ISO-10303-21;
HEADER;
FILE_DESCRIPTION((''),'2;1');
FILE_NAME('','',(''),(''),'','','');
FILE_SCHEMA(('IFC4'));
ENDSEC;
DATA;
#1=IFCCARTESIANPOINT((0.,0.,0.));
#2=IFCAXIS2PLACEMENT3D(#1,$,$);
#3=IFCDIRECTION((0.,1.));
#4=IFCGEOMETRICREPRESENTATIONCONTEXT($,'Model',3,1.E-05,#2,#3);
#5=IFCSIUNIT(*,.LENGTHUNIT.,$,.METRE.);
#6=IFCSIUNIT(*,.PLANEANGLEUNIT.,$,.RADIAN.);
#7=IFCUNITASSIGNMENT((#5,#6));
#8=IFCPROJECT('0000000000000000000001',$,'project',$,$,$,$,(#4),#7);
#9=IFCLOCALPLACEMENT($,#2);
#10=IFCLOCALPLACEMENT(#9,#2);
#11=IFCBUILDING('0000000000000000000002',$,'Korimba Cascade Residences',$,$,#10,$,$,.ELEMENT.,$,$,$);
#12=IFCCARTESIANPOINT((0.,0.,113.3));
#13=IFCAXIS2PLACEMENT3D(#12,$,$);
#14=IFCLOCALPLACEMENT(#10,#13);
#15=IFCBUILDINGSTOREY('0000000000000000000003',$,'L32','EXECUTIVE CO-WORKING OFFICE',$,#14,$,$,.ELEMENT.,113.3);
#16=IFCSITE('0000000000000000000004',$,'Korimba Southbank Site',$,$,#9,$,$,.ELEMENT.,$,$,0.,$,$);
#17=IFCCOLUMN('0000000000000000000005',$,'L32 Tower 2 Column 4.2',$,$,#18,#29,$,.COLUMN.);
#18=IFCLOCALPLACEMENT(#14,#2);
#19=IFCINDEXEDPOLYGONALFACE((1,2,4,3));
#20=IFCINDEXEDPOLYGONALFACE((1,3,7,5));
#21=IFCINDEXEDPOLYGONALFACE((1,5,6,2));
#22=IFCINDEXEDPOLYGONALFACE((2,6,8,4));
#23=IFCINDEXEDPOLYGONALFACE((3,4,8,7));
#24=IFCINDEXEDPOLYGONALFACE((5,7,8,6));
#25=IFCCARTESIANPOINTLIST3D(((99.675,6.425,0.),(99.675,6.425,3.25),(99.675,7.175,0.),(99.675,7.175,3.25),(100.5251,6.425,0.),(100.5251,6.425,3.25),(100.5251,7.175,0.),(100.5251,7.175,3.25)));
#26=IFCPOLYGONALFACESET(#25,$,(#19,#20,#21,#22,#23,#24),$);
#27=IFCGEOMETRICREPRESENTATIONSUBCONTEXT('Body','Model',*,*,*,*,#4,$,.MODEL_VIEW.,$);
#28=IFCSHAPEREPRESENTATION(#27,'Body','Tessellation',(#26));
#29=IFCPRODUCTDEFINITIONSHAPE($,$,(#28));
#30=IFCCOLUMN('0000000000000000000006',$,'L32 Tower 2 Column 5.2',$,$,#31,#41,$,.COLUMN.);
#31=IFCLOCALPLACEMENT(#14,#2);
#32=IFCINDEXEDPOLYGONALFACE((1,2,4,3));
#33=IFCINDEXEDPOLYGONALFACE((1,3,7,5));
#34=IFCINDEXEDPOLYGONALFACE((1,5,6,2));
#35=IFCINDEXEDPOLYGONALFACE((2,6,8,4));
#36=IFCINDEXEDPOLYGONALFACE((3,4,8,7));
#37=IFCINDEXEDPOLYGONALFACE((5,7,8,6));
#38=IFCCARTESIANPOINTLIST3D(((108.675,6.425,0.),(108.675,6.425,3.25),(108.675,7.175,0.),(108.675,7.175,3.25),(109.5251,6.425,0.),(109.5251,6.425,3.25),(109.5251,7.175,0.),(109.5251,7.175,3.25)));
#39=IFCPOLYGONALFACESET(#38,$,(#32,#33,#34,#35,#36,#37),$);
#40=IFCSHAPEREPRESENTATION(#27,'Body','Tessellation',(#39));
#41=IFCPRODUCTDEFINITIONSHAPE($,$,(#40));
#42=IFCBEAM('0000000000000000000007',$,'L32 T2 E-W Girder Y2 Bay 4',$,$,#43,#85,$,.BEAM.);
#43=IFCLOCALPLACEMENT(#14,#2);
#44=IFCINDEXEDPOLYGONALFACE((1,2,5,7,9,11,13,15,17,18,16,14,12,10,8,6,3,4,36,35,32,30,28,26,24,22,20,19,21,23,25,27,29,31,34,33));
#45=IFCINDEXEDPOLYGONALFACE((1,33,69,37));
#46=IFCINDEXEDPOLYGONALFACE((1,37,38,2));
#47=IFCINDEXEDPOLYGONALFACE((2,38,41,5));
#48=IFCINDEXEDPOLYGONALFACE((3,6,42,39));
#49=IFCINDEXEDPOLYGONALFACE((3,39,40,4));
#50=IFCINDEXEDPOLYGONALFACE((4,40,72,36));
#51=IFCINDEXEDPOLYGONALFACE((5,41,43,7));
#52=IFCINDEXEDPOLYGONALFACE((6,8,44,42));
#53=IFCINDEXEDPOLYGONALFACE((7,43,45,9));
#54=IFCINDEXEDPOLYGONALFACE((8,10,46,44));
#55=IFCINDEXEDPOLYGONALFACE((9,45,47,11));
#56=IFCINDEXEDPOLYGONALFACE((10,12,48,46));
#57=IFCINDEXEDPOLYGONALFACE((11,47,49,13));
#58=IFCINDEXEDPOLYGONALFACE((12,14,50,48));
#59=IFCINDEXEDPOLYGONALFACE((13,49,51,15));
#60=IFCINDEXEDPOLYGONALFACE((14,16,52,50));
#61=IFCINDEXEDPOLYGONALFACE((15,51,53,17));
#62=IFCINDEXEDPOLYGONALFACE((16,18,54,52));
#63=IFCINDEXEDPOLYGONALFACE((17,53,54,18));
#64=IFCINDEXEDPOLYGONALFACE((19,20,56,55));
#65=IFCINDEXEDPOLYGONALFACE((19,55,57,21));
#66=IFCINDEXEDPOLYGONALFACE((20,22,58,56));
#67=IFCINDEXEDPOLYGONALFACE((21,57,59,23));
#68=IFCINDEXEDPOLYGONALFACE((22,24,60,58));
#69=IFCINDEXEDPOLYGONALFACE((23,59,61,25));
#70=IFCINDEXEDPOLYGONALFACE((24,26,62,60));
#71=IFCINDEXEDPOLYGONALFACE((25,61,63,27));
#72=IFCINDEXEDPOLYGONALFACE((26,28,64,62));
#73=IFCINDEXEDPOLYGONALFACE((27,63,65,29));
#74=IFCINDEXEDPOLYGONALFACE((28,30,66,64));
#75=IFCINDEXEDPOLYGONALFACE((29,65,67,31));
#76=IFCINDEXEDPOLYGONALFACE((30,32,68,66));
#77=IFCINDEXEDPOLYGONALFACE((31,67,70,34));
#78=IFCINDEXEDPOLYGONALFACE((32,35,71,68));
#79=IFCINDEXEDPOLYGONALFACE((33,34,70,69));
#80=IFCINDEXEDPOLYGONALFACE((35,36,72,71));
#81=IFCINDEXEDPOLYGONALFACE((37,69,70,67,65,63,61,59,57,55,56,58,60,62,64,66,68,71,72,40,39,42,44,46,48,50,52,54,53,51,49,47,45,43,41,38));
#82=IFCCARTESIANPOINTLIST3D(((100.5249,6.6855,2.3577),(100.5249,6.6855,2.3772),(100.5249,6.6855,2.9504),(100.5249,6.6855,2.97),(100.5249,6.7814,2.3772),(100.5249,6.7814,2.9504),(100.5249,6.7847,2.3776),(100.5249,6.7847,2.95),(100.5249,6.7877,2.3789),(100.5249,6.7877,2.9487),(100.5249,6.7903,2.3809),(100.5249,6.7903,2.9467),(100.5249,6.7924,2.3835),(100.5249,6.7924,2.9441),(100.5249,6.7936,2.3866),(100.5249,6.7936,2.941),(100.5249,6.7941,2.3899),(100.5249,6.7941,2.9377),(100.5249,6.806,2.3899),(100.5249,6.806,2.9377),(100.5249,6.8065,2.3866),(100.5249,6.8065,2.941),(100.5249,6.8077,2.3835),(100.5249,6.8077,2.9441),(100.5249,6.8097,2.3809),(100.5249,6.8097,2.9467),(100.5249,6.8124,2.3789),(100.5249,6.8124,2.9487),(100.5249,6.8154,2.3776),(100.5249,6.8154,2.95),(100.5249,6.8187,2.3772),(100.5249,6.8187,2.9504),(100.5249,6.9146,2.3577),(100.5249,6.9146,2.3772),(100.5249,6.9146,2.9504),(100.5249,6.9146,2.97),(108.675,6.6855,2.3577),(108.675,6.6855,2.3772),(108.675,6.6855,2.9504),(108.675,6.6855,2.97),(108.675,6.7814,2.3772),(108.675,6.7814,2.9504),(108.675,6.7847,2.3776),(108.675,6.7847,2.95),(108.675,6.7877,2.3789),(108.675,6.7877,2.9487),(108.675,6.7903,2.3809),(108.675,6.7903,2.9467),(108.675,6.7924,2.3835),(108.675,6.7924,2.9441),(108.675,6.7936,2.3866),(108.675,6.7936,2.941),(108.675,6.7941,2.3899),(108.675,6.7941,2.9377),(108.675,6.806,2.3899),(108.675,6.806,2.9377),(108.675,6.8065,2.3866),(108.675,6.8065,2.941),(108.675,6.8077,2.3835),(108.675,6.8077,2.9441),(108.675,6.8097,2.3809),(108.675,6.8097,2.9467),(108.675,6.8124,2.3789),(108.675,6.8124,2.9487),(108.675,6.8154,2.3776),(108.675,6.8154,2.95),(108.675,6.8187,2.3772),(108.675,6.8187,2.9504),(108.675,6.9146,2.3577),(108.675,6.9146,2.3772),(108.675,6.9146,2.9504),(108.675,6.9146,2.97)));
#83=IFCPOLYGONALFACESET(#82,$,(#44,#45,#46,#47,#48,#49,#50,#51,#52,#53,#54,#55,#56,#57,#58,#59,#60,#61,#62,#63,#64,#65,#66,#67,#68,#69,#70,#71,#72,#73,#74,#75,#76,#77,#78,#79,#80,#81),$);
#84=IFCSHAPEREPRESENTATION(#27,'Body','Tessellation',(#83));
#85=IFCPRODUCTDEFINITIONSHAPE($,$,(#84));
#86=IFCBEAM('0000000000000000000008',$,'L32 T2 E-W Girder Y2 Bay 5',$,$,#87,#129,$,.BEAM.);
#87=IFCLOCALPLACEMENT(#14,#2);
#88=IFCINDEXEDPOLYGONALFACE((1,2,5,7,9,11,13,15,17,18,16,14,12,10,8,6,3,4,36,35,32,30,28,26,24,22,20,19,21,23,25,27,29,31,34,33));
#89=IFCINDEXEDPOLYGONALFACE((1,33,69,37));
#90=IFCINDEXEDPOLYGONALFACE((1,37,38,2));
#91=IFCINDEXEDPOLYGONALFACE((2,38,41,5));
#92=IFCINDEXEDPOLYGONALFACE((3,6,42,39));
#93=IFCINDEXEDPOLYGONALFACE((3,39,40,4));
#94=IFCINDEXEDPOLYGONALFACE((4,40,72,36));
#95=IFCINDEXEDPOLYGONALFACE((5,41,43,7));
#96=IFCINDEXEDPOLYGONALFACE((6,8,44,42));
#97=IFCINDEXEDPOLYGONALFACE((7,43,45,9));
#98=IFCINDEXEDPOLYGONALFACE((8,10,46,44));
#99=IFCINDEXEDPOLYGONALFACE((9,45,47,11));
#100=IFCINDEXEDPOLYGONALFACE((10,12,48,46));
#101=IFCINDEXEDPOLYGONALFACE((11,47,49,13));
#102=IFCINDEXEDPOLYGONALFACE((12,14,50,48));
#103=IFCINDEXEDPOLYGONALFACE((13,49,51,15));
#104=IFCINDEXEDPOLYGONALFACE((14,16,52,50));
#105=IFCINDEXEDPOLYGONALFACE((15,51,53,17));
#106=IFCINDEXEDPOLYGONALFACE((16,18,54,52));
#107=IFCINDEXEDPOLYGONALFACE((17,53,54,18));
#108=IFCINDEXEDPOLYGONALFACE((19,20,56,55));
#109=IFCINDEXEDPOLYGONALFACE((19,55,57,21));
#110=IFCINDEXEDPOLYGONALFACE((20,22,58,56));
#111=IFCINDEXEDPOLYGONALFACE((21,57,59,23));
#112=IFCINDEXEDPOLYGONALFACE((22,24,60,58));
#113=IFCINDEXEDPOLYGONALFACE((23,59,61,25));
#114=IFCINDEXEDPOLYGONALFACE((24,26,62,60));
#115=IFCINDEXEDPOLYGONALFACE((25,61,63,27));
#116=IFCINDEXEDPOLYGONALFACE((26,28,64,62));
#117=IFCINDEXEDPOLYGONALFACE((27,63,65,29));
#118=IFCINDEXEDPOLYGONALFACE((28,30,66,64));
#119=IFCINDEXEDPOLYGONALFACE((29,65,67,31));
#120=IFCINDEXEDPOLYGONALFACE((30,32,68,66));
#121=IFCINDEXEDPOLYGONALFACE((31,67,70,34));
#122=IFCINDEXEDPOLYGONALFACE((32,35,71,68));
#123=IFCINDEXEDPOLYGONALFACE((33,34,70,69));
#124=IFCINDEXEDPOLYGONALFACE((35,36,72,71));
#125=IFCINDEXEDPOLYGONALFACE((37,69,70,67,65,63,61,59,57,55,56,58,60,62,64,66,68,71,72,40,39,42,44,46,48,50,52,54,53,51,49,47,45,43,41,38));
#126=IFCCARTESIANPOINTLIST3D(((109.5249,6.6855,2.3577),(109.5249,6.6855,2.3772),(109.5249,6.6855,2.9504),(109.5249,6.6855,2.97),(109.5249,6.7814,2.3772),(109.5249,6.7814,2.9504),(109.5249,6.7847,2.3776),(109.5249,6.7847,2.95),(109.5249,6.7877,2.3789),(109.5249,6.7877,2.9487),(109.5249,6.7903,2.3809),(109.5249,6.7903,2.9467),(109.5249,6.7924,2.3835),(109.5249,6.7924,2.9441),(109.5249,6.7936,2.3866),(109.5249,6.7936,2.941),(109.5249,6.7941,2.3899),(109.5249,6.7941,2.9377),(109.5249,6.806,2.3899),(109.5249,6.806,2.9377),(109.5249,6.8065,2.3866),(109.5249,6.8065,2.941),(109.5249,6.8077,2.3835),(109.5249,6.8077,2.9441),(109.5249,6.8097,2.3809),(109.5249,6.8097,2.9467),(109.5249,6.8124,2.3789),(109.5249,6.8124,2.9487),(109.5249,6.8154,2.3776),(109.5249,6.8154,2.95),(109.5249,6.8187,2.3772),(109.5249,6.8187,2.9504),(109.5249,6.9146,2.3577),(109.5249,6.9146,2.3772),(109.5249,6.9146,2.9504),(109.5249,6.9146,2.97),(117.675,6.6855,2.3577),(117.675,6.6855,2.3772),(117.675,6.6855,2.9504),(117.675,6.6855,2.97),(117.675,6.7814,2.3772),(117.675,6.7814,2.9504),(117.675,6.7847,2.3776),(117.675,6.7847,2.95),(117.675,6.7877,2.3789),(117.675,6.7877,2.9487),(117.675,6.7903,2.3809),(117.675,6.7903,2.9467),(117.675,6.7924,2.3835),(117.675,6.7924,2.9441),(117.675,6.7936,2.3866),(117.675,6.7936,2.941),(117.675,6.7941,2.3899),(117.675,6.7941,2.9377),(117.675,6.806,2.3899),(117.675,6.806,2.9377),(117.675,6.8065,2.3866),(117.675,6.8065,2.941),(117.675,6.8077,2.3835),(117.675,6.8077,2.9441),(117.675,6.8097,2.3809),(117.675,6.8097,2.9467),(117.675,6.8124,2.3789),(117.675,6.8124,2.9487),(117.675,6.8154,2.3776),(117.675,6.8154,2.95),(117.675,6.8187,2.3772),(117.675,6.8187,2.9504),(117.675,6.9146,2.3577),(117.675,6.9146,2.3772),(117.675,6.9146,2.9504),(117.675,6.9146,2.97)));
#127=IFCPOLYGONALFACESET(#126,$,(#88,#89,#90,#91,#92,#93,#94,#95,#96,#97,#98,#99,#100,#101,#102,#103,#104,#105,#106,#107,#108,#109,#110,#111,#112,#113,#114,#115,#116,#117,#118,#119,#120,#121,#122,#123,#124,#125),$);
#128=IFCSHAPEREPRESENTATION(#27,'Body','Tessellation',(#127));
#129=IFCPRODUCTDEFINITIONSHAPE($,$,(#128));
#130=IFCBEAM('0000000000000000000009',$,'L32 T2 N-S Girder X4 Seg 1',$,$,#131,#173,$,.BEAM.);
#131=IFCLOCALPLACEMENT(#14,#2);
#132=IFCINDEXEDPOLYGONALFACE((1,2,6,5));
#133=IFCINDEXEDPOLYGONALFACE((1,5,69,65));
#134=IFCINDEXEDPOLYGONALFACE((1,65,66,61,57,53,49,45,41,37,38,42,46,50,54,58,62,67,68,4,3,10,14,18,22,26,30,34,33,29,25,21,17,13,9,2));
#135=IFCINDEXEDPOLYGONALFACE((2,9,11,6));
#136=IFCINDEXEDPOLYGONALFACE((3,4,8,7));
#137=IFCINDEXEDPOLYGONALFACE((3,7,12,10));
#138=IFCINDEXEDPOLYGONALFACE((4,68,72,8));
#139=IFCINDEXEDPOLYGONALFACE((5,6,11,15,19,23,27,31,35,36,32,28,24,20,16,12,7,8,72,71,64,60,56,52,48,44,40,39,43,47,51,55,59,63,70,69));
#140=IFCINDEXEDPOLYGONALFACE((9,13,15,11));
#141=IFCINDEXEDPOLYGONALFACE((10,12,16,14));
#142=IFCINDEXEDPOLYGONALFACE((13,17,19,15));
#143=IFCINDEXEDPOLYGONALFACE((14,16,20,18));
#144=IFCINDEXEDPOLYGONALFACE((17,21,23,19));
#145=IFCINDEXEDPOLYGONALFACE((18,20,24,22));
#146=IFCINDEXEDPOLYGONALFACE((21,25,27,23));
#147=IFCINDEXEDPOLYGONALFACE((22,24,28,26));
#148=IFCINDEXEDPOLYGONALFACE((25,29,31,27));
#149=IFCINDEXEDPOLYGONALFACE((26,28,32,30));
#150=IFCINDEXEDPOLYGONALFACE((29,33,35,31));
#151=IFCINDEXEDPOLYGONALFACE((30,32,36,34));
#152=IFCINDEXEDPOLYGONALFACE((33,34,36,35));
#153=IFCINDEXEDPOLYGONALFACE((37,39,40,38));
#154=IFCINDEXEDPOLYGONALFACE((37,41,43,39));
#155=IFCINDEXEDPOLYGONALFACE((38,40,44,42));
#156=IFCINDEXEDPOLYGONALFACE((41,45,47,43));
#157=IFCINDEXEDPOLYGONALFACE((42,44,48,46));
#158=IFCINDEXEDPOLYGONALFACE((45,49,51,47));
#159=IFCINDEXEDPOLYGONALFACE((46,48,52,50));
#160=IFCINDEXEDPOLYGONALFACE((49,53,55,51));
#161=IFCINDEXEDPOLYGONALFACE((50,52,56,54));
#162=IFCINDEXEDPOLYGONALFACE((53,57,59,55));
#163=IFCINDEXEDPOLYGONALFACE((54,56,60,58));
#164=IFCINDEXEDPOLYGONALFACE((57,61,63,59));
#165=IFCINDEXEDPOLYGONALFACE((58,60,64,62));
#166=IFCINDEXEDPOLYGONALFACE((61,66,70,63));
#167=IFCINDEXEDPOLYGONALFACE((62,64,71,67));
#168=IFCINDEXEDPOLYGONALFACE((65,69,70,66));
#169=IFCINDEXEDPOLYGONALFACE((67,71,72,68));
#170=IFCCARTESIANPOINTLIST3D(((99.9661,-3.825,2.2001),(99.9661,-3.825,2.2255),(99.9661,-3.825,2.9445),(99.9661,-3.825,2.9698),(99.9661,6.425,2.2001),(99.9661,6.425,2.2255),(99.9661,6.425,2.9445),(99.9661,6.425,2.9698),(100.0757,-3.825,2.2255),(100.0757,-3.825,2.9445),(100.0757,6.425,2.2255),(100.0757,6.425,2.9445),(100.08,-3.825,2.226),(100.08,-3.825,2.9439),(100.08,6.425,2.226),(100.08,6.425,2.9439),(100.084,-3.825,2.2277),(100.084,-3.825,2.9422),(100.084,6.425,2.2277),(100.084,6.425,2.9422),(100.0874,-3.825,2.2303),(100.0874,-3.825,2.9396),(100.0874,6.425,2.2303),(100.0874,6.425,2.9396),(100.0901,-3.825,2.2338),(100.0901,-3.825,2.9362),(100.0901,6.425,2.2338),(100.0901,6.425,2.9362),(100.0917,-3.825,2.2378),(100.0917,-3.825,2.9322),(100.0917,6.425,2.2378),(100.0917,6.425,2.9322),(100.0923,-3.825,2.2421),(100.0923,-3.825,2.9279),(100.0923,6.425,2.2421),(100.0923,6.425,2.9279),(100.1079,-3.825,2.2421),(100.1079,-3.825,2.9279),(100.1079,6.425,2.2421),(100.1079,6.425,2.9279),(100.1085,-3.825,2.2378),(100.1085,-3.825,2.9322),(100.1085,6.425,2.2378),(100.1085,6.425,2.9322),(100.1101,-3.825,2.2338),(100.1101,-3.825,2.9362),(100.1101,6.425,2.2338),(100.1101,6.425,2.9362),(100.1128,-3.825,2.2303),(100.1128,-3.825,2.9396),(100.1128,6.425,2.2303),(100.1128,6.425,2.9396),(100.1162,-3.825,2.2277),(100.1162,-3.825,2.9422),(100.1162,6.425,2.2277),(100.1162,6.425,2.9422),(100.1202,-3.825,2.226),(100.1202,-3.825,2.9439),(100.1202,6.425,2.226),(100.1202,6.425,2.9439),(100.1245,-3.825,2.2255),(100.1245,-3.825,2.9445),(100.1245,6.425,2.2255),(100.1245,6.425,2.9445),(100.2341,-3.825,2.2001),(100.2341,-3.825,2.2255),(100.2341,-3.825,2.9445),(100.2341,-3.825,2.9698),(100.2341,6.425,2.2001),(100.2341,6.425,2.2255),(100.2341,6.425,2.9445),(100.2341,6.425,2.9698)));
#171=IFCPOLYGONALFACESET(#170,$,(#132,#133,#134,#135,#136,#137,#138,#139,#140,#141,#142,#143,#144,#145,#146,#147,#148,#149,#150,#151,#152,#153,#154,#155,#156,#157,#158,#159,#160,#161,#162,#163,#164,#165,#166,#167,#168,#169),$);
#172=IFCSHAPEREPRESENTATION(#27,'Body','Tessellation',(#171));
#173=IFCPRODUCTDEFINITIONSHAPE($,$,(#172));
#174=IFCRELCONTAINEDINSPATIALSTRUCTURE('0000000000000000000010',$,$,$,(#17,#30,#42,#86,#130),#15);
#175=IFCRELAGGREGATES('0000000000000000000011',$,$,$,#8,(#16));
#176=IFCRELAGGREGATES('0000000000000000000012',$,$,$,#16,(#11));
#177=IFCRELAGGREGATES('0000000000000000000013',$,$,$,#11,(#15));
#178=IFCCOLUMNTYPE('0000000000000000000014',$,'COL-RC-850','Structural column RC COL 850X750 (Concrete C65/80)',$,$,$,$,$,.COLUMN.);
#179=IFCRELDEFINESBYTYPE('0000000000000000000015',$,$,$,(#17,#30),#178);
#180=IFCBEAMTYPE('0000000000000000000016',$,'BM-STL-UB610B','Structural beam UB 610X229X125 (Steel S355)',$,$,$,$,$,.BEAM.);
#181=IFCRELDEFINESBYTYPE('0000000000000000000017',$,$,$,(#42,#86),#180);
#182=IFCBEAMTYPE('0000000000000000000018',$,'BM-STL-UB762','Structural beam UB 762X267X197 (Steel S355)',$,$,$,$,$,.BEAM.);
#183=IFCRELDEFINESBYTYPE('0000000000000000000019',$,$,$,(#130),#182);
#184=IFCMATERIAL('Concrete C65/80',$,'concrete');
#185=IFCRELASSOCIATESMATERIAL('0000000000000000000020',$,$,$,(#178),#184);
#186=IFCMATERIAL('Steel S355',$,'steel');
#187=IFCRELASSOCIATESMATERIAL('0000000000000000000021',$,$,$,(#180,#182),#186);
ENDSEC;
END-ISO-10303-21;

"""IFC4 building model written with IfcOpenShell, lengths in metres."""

from ifc_helpers import new_model, si_unit, direction, frame, origin, origin_2d, place, context, subcontext, project, spatial, rectangle, i_section, extrude, material, material_profile, profile_set, type_object, element, save


model = new_model("IFC4")

# Units and contexts
model_context = context("Model", 3, precision=1e-05, world=origin(), true_north=direction((0.0, 1.0)))
body_context = subcontext(model_context, "Body", "Model", "MODEL_VIEW")
ifc_project = project(units=[si_unit("LENGTHUNIT", "METRE"), si_unit("PLANEANGLEUNIT", "RADIAN")], contexts=[model_context])

# Site, building, storey
site_placement = place(None, origin())
site = spatial("IfcSite", under=ifc_project, at=site_placement, Name="Korimba Southbank Site", CompositionType="ELEMENT", RefElevation=0.0)
building_placement = place(site_placement, origin())
building = spatial("IfcBuilding", under=site, at=building_placement, Name="Korimba Cascade Residences", CompositionType="ELEMENT")
storey_placement = place(building_placement, frame((0.0, 0.0, 113.3)))
storey = spatial("IfcBuildingStorey", under=building, at=storey_placement, Name="L32", Description="EXECUTIVE CO-WORKING OFFICE", CompositionType="ELEMENT", Elevation=113.3)

# Columns
ifc_material_1 = material(Name="Concrete C65/80", Category="concrete")
ifc_material_profile_1 = material_profile(ifc_material_1, rectangle(XDim=0.8501, YDim=0.75, at=origin_2d()), Name="Concrete C65/80")
ifc_profile_set_1 = profile_set([ifc_material_profile_1], Name="Concrete C65/80")
column_type = type_object("IfcColumnType", Name="COL-RC-850", Description="Structural column RC COL 850X750 (Concrete C65/80)", PredefinedType="COLUMN", material=ifc_profile_set_1)
for number, where, z_axis, x_axis, name in (
    (1, (100.1001, 6.8, 0.0), (0.0, 0.0, 1.0), (1.0, 0.0, 0.0), "L32 Tower 2 Column 4.2"),
    (2, (109.1001, 6.8, 0.0), (0.0, 0.0, 1.0), (1.0, 0.0, 0.0), "L32 Tower 2 Column 5.2"),
):
    element("IfcColumn", number, at=place(storey_placement, frame(where, z_axis=z_axis, x_axis=x_axis)), inside=storey, type_object=column_type, Name=name, PredefinedType="COLUMN", context=body_context, shape_type="SweptSolid", body=[
        extrude(rectangle(XDim=0.8501, YDim=0.75, at=origin_2d()), origin(), (0.0, 0.0, 1.0), 3.25),
    ])

# Beams
ifc_material_2 = material(Name="Steel S355", Category="steel")
ifc_material_profile_2 = material_profile(ifc_material_2, i_section(OverallWidth=0.229, OverallDepth=0.6123, WebThickness=0.012, FlangeThickness=0.0195, FilletRadius=0.0127, at=origin_2d()), Name="Steel S355")
ifc_profile_set_2 = profile_set([ifc_material_profile_2], Name="Steel S355")
beam_type_1 = type_object("IfcBeamType", Name="BM-STL-UB610B", Description="Structural beam UB 610X229X125 (Steel S355)", PredefinedType="BEAM", material=ifc_profile_set_2)
for number, where, z_axis, x_axis, name in (
    (3, (100.5249, 6.8, 2.6638), (1.0, 0.0, 0.0), (0.0, 1.0, 0.0), "L32 T2 E-W Girder Y2 Bay 4"),
    (4, (109.5249, 6.8, 2.6638), (1.0, 0.0, 0.0), (0.0, 1.0, 0.0), "L32 T2 E-W Girder Y2 Bay 5"),
):
    element("IfcBeam", number, at=place(storey_placement, frame(where, z_axis=z_axis, x_axis=x_axis)), inside=storey, type_object=beam_type_1, Name=name, PredefinedType="BEAM", context=body_context, shape_type="SweptSolid", body=[
        extrude(i_section(OverallWidth=0.229, OverallDepth=0.6123, WebThickness=0.012, FlangeThickness=0.0195, FilletRadius=0.0127, at=origin_2d()), origin(), (0.0, 0.0, 1.0), 8.1501),
    ])
ifc_material_profile_3 = material_profile(ifc_material_2, i_section(OverallWidth=0.2681, OverallDepth=0.7698, WebThickness=0.0156, FlangeThickness=0.0254, FilletRadius=0.0166, at=origin_2d()), Name="Steel S355")
ifc_profile_set_3 = profile_set([ifc_material_profile_3], Name="Steel S355")
beam_type_2 = type_object("IfcBeamType", Name="BM-STL-UB762", Description="Structural beam UB 762X267X197 (Steel S355)", PredefinedType="BEAM", material=ifc_profile_set_3)
for number, where, z_axis, x_axis, name in (
    (5, (100.1001, -3.825, 2.585), (0.0, 1.0, 0.0), (-1.0, 0.0, 0.0), "L32 T2 N-S Girder X4 Seg 1"),
):
    element("IfcBeam", number, at=place(storey_placement, frame(where, z_axis=z_axis, x_axis=x_axis)), inside=storey, type_object=beam_type_2, Name=name, PredefinedType="BEAM", context=body_context, shape_type="SweptSolid", body=[
        extrude(i_section(OverallWidth=0.2681, OverallDepth=0.7698, WebThickness=0.0156, FlangeThickness=0.0254, FilletRadius=0.0166, at=origin_2d()), origin(), (0.0, 0.0, 1.0), 10.25),
    ])

save(model, "model.ifc")
